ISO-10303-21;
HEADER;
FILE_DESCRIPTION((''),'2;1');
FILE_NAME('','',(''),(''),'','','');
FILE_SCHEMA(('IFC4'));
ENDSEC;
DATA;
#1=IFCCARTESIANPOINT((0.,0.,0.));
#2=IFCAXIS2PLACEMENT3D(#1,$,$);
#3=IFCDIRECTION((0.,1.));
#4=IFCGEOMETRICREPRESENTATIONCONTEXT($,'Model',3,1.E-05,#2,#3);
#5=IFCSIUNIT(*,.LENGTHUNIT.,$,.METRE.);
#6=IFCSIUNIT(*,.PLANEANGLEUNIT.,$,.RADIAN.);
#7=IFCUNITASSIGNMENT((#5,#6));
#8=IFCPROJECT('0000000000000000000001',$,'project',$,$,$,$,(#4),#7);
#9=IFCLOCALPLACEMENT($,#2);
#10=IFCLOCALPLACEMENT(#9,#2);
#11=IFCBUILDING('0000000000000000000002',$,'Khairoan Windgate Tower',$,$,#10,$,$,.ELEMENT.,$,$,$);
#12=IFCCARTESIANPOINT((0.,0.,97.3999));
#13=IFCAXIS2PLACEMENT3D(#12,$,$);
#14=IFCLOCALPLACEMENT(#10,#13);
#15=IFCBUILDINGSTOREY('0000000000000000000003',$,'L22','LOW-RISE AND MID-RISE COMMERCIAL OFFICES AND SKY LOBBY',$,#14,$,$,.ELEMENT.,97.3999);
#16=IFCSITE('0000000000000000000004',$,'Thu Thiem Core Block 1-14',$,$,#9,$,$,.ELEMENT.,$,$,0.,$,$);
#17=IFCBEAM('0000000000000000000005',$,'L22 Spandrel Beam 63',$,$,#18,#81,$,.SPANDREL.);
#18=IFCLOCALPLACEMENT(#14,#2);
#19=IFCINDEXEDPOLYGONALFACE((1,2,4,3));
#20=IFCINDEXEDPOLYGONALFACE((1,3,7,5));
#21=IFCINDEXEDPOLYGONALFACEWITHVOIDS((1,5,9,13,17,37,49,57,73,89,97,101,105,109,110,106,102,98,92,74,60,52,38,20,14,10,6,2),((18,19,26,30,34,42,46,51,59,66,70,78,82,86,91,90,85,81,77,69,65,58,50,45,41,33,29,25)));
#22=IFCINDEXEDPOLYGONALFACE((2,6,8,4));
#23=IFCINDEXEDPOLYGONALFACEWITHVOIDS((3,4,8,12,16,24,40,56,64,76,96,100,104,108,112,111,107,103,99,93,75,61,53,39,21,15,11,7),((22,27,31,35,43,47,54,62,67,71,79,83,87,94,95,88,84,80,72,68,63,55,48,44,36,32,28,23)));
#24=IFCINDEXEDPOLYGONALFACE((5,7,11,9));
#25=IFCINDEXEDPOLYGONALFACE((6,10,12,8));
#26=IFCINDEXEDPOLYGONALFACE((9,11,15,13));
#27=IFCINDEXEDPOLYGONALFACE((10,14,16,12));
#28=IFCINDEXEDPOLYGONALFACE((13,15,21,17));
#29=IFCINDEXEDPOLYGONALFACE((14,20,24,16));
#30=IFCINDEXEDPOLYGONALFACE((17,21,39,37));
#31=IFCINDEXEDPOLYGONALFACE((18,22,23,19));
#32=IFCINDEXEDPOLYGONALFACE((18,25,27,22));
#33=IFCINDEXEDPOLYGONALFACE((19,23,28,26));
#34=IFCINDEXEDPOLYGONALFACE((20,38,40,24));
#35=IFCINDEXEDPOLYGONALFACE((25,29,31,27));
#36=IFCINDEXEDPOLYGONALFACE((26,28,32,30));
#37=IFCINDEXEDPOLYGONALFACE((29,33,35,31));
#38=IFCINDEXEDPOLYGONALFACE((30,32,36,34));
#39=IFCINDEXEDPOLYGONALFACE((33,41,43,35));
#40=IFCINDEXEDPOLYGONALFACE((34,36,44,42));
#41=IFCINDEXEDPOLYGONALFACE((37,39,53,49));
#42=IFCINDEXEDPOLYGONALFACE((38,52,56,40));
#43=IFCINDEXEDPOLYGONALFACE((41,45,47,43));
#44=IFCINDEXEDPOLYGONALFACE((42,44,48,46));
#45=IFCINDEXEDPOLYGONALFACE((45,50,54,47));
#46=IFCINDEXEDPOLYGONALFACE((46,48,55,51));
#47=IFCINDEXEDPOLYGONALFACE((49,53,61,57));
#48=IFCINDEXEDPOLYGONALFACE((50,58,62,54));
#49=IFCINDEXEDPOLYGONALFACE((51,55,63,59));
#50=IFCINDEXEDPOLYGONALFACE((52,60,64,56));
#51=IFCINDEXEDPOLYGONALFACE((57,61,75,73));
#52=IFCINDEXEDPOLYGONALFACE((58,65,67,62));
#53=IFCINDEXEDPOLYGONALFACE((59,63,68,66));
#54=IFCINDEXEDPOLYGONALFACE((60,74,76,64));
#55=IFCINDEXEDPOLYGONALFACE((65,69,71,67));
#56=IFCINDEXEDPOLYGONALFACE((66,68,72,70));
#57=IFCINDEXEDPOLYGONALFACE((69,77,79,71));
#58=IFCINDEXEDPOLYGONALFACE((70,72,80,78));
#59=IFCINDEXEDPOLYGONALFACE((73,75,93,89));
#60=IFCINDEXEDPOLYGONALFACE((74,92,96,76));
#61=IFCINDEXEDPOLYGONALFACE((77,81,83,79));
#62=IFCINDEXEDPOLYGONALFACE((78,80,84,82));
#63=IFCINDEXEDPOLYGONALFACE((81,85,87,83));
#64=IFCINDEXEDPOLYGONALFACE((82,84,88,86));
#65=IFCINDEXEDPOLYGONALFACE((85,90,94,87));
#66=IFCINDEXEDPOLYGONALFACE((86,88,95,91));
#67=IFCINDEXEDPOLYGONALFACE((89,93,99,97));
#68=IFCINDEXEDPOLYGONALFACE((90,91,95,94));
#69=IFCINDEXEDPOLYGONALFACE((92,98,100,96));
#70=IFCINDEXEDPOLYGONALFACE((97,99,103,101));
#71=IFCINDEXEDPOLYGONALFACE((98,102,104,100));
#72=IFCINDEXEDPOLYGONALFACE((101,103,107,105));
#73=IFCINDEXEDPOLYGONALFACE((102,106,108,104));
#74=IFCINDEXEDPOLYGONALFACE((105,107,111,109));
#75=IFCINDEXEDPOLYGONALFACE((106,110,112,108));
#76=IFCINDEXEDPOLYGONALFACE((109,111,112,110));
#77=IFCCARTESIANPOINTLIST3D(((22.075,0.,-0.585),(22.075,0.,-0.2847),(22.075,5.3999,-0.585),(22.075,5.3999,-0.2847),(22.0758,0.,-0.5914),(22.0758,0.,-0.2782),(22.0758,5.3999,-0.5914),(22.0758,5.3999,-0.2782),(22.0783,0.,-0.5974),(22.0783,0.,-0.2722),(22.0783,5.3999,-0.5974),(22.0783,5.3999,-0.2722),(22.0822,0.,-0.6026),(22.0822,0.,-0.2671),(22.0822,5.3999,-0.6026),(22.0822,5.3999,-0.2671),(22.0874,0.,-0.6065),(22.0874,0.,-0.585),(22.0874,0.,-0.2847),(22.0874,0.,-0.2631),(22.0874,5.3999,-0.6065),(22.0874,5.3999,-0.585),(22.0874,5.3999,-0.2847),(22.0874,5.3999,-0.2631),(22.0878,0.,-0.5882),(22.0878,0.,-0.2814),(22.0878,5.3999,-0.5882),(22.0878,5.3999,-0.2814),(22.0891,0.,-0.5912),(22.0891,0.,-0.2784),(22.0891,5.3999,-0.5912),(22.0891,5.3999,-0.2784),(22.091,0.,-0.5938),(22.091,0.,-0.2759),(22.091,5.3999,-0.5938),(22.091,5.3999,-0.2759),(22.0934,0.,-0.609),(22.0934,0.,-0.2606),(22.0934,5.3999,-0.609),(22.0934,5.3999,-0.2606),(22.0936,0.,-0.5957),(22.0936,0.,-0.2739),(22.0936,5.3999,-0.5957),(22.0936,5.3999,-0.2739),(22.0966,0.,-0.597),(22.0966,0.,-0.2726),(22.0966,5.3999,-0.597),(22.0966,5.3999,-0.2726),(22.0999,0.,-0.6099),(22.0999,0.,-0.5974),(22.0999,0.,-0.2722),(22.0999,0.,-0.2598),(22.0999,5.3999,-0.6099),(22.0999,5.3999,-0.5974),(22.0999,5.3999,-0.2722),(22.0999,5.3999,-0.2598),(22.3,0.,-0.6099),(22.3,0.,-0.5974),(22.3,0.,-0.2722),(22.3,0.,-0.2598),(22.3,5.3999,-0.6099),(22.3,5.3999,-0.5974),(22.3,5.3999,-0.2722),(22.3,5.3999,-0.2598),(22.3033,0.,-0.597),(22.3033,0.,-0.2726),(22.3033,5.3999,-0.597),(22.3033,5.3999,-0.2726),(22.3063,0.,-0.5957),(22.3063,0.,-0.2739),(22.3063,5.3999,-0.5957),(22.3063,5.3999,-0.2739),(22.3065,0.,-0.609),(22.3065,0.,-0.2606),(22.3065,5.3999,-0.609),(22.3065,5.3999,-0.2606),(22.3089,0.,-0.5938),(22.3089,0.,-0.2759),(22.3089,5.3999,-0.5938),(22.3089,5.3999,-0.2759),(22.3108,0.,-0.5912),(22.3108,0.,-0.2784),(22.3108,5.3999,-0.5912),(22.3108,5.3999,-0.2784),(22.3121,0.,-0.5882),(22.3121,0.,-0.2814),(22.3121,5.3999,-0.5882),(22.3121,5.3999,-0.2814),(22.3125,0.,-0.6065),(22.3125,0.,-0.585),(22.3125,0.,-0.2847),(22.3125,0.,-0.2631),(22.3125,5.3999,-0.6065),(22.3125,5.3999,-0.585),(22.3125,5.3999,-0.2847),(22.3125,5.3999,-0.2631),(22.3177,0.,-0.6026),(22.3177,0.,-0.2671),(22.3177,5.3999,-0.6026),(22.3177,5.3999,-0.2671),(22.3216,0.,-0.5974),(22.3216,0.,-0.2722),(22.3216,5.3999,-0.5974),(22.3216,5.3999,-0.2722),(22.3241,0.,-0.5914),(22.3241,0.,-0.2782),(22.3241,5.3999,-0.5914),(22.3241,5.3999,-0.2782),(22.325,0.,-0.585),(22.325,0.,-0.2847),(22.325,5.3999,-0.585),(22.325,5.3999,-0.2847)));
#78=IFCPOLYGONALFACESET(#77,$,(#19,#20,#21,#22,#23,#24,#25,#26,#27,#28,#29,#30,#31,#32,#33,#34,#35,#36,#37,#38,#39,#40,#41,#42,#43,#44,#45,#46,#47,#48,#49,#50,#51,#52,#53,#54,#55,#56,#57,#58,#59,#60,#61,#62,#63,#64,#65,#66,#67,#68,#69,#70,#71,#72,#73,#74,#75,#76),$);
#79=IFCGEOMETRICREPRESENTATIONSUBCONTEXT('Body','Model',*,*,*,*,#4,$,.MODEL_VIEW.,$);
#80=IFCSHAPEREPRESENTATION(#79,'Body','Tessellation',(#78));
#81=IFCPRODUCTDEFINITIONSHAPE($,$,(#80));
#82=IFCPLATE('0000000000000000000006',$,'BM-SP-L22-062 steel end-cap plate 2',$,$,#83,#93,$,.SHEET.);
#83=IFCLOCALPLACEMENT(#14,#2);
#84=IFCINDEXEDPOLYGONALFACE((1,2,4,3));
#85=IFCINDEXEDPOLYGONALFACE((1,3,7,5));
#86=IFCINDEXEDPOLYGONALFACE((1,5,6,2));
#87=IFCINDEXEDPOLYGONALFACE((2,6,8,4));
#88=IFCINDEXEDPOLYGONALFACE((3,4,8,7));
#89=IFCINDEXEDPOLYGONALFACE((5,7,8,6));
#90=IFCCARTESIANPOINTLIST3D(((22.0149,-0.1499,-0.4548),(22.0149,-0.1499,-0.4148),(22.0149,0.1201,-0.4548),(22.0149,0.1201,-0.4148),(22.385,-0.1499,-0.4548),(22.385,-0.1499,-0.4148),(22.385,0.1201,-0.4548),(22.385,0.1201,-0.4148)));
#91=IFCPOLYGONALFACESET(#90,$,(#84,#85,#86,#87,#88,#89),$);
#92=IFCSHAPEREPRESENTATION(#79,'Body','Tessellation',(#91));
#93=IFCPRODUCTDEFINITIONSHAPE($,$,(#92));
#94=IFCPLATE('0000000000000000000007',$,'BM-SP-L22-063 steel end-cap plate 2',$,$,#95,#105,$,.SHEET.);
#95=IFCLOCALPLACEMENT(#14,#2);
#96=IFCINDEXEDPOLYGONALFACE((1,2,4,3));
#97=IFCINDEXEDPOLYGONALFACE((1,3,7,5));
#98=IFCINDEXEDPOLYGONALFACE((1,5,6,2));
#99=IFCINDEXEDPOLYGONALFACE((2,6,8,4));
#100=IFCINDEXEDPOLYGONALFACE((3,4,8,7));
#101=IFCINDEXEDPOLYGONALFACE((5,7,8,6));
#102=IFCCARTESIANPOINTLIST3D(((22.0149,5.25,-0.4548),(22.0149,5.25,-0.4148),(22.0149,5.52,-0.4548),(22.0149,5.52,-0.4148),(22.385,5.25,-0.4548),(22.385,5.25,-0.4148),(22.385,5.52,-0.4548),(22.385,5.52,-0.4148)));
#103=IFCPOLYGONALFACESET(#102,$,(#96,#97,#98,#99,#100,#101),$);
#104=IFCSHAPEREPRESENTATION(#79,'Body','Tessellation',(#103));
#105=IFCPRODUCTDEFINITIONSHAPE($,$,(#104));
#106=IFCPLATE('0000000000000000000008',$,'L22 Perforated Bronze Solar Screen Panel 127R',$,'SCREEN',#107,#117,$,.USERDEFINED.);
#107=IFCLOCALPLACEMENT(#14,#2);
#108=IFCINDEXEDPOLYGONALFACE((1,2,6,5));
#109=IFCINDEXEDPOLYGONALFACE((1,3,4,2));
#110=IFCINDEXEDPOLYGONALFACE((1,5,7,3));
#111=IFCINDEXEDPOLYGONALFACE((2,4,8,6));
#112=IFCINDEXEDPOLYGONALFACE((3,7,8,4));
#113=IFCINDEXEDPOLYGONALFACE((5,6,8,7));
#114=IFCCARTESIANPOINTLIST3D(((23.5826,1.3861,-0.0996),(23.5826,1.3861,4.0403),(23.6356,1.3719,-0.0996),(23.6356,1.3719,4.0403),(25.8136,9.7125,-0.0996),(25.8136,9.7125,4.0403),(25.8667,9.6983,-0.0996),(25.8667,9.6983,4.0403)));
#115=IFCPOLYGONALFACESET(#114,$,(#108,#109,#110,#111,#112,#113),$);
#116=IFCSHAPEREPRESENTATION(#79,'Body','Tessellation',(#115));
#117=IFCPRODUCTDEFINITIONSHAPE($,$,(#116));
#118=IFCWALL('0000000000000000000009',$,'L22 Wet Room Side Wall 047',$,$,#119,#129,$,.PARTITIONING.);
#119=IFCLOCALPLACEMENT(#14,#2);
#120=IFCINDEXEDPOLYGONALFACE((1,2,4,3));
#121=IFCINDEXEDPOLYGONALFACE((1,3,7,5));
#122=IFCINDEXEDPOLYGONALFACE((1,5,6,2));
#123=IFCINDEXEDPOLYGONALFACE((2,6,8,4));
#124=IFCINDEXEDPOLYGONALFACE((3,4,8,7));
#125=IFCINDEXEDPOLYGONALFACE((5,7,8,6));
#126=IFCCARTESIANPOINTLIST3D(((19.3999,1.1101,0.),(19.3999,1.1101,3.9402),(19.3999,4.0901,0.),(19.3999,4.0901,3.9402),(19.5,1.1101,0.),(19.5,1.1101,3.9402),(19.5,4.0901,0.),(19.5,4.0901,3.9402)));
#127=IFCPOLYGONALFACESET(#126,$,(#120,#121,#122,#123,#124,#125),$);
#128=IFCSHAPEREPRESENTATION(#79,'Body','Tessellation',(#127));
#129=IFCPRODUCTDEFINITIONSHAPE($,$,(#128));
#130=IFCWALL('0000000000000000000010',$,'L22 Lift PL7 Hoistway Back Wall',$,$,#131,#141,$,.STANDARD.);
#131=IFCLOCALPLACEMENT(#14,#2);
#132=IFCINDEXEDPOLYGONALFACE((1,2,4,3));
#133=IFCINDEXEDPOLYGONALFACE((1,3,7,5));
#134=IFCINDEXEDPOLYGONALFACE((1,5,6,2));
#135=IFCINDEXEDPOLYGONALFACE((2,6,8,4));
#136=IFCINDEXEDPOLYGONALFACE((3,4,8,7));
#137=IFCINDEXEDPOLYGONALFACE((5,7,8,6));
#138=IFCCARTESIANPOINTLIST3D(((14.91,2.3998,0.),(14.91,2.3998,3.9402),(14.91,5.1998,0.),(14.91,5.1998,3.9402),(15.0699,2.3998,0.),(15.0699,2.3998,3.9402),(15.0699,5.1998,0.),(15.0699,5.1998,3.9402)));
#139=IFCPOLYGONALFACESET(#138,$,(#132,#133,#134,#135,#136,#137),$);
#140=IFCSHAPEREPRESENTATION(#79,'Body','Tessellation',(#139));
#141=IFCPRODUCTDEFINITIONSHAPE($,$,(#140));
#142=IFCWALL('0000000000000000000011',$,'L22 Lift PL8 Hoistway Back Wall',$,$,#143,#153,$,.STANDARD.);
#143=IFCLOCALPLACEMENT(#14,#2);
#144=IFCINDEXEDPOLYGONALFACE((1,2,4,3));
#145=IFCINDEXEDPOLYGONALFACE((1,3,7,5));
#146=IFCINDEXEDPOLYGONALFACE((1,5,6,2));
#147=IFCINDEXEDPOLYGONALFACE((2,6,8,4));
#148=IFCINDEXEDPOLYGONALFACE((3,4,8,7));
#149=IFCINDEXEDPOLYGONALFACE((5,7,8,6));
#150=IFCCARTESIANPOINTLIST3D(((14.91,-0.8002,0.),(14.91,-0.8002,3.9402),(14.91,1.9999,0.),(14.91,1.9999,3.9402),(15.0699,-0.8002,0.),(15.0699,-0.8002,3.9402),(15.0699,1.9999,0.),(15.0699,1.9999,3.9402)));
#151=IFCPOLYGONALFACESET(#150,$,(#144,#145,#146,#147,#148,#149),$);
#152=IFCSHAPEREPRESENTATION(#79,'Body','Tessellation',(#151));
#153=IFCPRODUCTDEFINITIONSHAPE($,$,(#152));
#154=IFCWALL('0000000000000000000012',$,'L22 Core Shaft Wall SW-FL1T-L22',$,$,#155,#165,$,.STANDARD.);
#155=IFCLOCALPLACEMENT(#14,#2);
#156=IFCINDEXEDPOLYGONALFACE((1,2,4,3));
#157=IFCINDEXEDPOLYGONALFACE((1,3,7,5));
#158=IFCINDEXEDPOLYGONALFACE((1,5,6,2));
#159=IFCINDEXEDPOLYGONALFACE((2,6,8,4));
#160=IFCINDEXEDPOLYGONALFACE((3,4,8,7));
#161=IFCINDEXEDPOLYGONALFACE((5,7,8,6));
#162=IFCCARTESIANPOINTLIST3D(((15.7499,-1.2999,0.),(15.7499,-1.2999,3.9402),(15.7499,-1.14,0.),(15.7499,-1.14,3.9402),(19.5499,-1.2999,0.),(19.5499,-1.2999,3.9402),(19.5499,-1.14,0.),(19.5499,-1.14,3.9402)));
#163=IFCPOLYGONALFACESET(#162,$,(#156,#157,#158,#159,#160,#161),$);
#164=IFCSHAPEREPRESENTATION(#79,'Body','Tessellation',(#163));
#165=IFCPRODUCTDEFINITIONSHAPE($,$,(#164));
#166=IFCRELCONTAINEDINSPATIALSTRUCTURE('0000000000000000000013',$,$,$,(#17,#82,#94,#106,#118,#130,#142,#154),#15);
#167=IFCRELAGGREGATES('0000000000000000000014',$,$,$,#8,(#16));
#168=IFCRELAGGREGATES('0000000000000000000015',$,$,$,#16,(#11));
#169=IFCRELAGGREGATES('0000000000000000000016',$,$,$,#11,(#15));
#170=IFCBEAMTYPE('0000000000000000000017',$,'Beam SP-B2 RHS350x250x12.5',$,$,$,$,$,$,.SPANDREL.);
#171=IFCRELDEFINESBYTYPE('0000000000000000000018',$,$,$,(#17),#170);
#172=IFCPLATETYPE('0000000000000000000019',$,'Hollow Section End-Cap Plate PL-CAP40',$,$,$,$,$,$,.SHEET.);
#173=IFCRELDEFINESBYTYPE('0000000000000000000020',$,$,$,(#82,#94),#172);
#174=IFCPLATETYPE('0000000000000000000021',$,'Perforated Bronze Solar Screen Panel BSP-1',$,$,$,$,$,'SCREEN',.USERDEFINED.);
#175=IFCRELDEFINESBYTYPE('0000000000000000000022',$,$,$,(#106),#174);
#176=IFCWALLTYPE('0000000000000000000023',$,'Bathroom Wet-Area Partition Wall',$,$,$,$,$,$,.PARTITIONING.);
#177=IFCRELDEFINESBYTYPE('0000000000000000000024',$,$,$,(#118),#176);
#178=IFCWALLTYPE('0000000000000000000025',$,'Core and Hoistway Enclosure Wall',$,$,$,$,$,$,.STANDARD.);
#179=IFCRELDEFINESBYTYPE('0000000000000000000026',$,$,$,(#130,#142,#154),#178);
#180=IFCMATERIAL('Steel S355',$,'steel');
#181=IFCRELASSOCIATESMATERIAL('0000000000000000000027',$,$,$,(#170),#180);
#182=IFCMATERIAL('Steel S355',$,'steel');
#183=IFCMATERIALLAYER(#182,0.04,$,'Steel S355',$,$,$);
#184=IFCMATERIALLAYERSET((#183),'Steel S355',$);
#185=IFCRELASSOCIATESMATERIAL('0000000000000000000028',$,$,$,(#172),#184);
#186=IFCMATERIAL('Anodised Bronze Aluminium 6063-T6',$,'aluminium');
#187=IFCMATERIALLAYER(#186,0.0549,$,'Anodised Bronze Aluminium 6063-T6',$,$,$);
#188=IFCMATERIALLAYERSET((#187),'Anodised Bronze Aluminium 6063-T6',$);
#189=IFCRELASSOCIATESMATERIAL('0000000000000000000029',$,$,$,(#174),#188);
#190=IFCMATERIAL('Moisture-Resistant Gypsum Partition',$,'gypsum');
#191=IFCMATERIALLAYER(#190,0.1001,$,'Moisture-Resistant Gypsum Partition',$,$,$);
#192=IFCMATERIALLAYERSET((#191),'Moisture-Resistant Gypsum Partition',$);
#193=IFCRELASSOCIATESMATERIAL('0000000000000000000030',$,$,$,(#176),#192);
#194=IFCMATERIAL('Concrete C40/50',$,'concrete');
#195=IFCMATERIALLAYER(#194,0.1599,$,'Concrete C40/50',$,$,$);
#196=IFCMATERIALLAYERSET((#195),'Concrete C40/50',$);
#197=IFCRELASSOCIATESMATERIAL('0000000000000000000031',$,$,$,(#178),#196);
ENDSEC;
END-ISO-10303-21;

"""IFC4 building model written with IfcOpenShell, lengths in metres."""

from ifc_helpers import new_model, si_unit, direction, frame, frame_2d, origin, origin_2d, place, context, subcontext, project, spatial, rectangle, hollow_rectangle, extrude, material, layer, layer_set, material_profile, profile_set, type_object, element, save


model = new_model("IFC4")

# Units and contexts
model_context = context("Model", 3, precision=1e-05, world=origin(), true_north=direction((0.0, 1.0)))
body_context = subcontext(model_context, "Body", "Model", "MODEL_VIEW")
ifc_project = project(units=[si_unit("LENGTHUNIT", "METRE"), si_unit("PLANEANGLEUNIT", "RADIAN")], contexts=[model_context])

# Site, building, storey
site_placement = place(None, origin())
site = spatial("IfcSite", under=ifc_project, at=site_placement, Name="Thu Thiem Core Block 1-14", CompositionType="ELEMENT", RefElevation=0.0)
building_placement = place(site_placement, origin())
building = spatial("IfcBuilding", under=site, at=building_placement, Name="Khairoan Windgate Tower", CompositionType="ELEMENT")
storey_placement = place(building_placement, frame((0.0, 0.0, 97.3999)))
storey = spatial("IfcBuildingStorey", under=building, at=storey_placement, Name="L22", Description="LOW-RISE AND MID-RISE COMMERCIAL OFFICES AND SKY LOBBY", CompositionType="ELEMENT", Elevation=97.3999)

# Beam
ifc_material_1 = material(Name="Steel S355", Category="steel")
ifc_material_profile_1 = material_profile(ifc_material_1, hollow_rectangle(XDim=0.25, YDim=0.3501, WallThickness=0.0125, InnerFilletRadius=0.0125, OuterFilletRadius=0.0249, at=origin_2d()))
ifc_profile_set_1 = profile_set([ifc_material_profile_1], Name="Steel S355")
beam_type_1 = type_object("IfcBeamType", Name="Beam SP-B2 RHS350x250x12.5", PredefinedType="SPANDREL", material=ifc_profile_set_1)
beam_1_placement = place(storey_placement, frame((22.2, 0.0, -0.4348), z_axis=(0.0, 1.0, 0.0), x_axis=(-1.0, 0.0, 0.0)))
element("IfcBeam", 1, at=beam_1_placement, inside=storey, type_object=beam_type_1, Name="L22 Spandrel Beam 63", PredefinedType="SPANDREL", context=body_context, shape_type="SweptSolid", body=[
    extrude(hollow_rectangle(XDim=0.25, YDim=0.3501, WallThickness=0.0125, InnerFilletRadius=0.0125, OuterFilletRadius=0.0249, at=origin_2d()), origin(), (0.0, 0.0, 1.0), 5.3999),
])

# Plates
ifc_material_2 = material(Name="Steel S355", Category="steel")
ifc_layer_1 = layer(ifc_material_2, 0.04, Name="Steel S355")
ifc_layer_set_1 = layer_set([ifc_layer_1], Name="Steel S355")
plate_type_1 = type_object("IfcPlateType", Name="Hollow Section End-Cap Plate PL-CAP40", PredefinedType="SHEET", material=ifc_layer_set_1)
for number, where, z_axis, x_axis, name in (
    (2, (22.2, -0.0149, -0.4548), (0.0, 0.0, 1.0), (0.0, 1.0, 0.0), "BM-SP-L22-062 steel end-cap plate 2"),
    (3, (22.2, 5.385, -0.4548), (0.0, 0.0, 1.0), (0.0, 1.0, 0.0), "BM-SP-L22-063 steel end-cap plate 2"),
):
    element("IfcPlate", number, at=place(storey_placement, frame(where, z_axis=z_axis, x_axis=x_axis)), inside=storey, type_object=plate_type_1, Name=name, PredefinedType="SHEET", context=body_context, shape_type="SweptSolid", body=[
        extrude(rectangle(XDim=0.27, YDim=0.3701, at=origin_2d()), origin(), (0.0, 0.0, 1.0), 0.04),
    ])
ifc_material_3 = material(Name="Anodised Bronze Aluminium 6063-T6", Category="aluminium")
ifc_layer_2 = layer(ifc_material_3, 0.0549, Name="Anodised Bronze Aluminium 6063-T6")
ifc_layer_set_2 = layer_set([ifc_layer_2], Name="Anodised Bronze Aluminium 6063-T6")
plate_type_2 = type_object("IfcPlateType", Name="Perforated Bronze Solar Screen Panel BSP-1", ElementType="SCREEN", PredefinedType="USERDEFINED", material=ifc_layer_set_2)
plate_placement = place(storey_placement, frame((24.7246, 5.5422, -0.0996), z_axis=(0.0, 0.0, 1.0), x_axis=(-0.258819, -0.965926, 0.0)))
element("IfcPlate", 4, at=plate_placement, inside=storey, type_object=plate_type_2, Name="L22 Perforated Bronze Solar Screen Panel 127R", ObjectType="SCREEN", PredefinedType="USERDEFINED", context=body_context, shape_type="SweptSolid", body=[
    extrude(rectangle(XDim=8.6201, YDim=0.0549, at=origin_2d()), origin(), (0.0, 0.0, 1.0), 4.1399),
])

# Walls
ifc_material_4 = material(Name="Moisture-Resistant Gypsum Partition", Category="gypsum")
ifc_layer_3 = layer(ifc_material_4, 0.1001, Name="Moisture-Resistant Gypsum Partition")
ifc_layer_set_3 = layer_set([ifc_layer_3], Name="Moisture-Resistant Gypsum Partition")
wall_type_1 = type_object("IfcWallType", Name="Bathroom Wet-Area Partition Wall", PredefinedType="PARTITIONING", material=ifc_layer_set_3)
wall_1_placement = place(storey_placement, frame((19.45, 4.0901, 0.0), z_axis=(0.0, 0.0, 1.0), x_axis=(0.0, -1.0, 0.0)))
element("IfcWall", 5, at=wall_1_placement, inside=storey, type_object=wall_type_1, Name="L22 Wet Room Side Wall 047", PredefinedType="PARTITIONING", context=body_context, shape_type="SweptSolid", body=[
    extrude(rectangle(XDim=2.98, YDim=0.1001, at=frame_2d((1.49, 0.0))), origin(), (0.0, 0.0, 1.0), 3.9402),
])
ifc_material_5 = material(Name="Concrete C40/50", Category="concrete")
ifc_layer_4 = layer(ifc_material_5, 0.1599, Name="Concrete C40/50")
ifc_layer_set_4 = layer_set([ifc_layer_4], Name="Concrete C40/50")
wall_type_2 = type_object("IfcWallType", Name="Core and Hoistway Enclosure Wall", PredefinedType="STANDARD", material=ifc_layer_set_4)
for number, where, z_axis, x_axis, name in (
    (6, (14.99, 2.3999, 0.0), (0.0, 0.0, 1.0), (0.0, 1.0, 0.0), "L22 Lift PL7 Hoistway Back Wall"),
    (7, (14.99, -0.8, 0.0), (0.0, 0.0, 1.0), (0.0, 1.0, 0.0), "L22 Lift PL8 Hoistway Back Wall"),
):
    element("IfcWall", number, at=place(storey_placement, frame(where, z_axis=z_axis, x_axis=x_axis)), inside=storey, type_object=wall_type_2, Name=name, PredefinedType="STANDARD", context=body_context, shape_type="SweptSolid", body=[
        extrude(rectangle(XDim=2.8, YDim=0.1599, at=frame_2d((1.3999, 0.0))), origin(), (0.0, 0.0, 1.0), 3.9402),
    ])
wall_2_placement = place(storey_placement, frame((15.75, -1.22, 0.0), z_axis=(0.0, 0.0, 1.0), x_axis=(1.0, 0.0, 0.0)))
element("IfcWall", 8, at=wall_2_placement, inside=storey, type_object=wall_type_2, Name="L22 Core Shaft Wall SW-FL1T-L22", PredefinedType="STANDARD", context=body_context, shape_type="SweptSolid", body=[
    extrude(rectangle(XDim=3.8, YDim=0.1599, at=frame_2d((1.8999, 0.0))), origin(), (0.0, 0.0, 1.0), 3.9402),
])

save(model, "model.ifc")
